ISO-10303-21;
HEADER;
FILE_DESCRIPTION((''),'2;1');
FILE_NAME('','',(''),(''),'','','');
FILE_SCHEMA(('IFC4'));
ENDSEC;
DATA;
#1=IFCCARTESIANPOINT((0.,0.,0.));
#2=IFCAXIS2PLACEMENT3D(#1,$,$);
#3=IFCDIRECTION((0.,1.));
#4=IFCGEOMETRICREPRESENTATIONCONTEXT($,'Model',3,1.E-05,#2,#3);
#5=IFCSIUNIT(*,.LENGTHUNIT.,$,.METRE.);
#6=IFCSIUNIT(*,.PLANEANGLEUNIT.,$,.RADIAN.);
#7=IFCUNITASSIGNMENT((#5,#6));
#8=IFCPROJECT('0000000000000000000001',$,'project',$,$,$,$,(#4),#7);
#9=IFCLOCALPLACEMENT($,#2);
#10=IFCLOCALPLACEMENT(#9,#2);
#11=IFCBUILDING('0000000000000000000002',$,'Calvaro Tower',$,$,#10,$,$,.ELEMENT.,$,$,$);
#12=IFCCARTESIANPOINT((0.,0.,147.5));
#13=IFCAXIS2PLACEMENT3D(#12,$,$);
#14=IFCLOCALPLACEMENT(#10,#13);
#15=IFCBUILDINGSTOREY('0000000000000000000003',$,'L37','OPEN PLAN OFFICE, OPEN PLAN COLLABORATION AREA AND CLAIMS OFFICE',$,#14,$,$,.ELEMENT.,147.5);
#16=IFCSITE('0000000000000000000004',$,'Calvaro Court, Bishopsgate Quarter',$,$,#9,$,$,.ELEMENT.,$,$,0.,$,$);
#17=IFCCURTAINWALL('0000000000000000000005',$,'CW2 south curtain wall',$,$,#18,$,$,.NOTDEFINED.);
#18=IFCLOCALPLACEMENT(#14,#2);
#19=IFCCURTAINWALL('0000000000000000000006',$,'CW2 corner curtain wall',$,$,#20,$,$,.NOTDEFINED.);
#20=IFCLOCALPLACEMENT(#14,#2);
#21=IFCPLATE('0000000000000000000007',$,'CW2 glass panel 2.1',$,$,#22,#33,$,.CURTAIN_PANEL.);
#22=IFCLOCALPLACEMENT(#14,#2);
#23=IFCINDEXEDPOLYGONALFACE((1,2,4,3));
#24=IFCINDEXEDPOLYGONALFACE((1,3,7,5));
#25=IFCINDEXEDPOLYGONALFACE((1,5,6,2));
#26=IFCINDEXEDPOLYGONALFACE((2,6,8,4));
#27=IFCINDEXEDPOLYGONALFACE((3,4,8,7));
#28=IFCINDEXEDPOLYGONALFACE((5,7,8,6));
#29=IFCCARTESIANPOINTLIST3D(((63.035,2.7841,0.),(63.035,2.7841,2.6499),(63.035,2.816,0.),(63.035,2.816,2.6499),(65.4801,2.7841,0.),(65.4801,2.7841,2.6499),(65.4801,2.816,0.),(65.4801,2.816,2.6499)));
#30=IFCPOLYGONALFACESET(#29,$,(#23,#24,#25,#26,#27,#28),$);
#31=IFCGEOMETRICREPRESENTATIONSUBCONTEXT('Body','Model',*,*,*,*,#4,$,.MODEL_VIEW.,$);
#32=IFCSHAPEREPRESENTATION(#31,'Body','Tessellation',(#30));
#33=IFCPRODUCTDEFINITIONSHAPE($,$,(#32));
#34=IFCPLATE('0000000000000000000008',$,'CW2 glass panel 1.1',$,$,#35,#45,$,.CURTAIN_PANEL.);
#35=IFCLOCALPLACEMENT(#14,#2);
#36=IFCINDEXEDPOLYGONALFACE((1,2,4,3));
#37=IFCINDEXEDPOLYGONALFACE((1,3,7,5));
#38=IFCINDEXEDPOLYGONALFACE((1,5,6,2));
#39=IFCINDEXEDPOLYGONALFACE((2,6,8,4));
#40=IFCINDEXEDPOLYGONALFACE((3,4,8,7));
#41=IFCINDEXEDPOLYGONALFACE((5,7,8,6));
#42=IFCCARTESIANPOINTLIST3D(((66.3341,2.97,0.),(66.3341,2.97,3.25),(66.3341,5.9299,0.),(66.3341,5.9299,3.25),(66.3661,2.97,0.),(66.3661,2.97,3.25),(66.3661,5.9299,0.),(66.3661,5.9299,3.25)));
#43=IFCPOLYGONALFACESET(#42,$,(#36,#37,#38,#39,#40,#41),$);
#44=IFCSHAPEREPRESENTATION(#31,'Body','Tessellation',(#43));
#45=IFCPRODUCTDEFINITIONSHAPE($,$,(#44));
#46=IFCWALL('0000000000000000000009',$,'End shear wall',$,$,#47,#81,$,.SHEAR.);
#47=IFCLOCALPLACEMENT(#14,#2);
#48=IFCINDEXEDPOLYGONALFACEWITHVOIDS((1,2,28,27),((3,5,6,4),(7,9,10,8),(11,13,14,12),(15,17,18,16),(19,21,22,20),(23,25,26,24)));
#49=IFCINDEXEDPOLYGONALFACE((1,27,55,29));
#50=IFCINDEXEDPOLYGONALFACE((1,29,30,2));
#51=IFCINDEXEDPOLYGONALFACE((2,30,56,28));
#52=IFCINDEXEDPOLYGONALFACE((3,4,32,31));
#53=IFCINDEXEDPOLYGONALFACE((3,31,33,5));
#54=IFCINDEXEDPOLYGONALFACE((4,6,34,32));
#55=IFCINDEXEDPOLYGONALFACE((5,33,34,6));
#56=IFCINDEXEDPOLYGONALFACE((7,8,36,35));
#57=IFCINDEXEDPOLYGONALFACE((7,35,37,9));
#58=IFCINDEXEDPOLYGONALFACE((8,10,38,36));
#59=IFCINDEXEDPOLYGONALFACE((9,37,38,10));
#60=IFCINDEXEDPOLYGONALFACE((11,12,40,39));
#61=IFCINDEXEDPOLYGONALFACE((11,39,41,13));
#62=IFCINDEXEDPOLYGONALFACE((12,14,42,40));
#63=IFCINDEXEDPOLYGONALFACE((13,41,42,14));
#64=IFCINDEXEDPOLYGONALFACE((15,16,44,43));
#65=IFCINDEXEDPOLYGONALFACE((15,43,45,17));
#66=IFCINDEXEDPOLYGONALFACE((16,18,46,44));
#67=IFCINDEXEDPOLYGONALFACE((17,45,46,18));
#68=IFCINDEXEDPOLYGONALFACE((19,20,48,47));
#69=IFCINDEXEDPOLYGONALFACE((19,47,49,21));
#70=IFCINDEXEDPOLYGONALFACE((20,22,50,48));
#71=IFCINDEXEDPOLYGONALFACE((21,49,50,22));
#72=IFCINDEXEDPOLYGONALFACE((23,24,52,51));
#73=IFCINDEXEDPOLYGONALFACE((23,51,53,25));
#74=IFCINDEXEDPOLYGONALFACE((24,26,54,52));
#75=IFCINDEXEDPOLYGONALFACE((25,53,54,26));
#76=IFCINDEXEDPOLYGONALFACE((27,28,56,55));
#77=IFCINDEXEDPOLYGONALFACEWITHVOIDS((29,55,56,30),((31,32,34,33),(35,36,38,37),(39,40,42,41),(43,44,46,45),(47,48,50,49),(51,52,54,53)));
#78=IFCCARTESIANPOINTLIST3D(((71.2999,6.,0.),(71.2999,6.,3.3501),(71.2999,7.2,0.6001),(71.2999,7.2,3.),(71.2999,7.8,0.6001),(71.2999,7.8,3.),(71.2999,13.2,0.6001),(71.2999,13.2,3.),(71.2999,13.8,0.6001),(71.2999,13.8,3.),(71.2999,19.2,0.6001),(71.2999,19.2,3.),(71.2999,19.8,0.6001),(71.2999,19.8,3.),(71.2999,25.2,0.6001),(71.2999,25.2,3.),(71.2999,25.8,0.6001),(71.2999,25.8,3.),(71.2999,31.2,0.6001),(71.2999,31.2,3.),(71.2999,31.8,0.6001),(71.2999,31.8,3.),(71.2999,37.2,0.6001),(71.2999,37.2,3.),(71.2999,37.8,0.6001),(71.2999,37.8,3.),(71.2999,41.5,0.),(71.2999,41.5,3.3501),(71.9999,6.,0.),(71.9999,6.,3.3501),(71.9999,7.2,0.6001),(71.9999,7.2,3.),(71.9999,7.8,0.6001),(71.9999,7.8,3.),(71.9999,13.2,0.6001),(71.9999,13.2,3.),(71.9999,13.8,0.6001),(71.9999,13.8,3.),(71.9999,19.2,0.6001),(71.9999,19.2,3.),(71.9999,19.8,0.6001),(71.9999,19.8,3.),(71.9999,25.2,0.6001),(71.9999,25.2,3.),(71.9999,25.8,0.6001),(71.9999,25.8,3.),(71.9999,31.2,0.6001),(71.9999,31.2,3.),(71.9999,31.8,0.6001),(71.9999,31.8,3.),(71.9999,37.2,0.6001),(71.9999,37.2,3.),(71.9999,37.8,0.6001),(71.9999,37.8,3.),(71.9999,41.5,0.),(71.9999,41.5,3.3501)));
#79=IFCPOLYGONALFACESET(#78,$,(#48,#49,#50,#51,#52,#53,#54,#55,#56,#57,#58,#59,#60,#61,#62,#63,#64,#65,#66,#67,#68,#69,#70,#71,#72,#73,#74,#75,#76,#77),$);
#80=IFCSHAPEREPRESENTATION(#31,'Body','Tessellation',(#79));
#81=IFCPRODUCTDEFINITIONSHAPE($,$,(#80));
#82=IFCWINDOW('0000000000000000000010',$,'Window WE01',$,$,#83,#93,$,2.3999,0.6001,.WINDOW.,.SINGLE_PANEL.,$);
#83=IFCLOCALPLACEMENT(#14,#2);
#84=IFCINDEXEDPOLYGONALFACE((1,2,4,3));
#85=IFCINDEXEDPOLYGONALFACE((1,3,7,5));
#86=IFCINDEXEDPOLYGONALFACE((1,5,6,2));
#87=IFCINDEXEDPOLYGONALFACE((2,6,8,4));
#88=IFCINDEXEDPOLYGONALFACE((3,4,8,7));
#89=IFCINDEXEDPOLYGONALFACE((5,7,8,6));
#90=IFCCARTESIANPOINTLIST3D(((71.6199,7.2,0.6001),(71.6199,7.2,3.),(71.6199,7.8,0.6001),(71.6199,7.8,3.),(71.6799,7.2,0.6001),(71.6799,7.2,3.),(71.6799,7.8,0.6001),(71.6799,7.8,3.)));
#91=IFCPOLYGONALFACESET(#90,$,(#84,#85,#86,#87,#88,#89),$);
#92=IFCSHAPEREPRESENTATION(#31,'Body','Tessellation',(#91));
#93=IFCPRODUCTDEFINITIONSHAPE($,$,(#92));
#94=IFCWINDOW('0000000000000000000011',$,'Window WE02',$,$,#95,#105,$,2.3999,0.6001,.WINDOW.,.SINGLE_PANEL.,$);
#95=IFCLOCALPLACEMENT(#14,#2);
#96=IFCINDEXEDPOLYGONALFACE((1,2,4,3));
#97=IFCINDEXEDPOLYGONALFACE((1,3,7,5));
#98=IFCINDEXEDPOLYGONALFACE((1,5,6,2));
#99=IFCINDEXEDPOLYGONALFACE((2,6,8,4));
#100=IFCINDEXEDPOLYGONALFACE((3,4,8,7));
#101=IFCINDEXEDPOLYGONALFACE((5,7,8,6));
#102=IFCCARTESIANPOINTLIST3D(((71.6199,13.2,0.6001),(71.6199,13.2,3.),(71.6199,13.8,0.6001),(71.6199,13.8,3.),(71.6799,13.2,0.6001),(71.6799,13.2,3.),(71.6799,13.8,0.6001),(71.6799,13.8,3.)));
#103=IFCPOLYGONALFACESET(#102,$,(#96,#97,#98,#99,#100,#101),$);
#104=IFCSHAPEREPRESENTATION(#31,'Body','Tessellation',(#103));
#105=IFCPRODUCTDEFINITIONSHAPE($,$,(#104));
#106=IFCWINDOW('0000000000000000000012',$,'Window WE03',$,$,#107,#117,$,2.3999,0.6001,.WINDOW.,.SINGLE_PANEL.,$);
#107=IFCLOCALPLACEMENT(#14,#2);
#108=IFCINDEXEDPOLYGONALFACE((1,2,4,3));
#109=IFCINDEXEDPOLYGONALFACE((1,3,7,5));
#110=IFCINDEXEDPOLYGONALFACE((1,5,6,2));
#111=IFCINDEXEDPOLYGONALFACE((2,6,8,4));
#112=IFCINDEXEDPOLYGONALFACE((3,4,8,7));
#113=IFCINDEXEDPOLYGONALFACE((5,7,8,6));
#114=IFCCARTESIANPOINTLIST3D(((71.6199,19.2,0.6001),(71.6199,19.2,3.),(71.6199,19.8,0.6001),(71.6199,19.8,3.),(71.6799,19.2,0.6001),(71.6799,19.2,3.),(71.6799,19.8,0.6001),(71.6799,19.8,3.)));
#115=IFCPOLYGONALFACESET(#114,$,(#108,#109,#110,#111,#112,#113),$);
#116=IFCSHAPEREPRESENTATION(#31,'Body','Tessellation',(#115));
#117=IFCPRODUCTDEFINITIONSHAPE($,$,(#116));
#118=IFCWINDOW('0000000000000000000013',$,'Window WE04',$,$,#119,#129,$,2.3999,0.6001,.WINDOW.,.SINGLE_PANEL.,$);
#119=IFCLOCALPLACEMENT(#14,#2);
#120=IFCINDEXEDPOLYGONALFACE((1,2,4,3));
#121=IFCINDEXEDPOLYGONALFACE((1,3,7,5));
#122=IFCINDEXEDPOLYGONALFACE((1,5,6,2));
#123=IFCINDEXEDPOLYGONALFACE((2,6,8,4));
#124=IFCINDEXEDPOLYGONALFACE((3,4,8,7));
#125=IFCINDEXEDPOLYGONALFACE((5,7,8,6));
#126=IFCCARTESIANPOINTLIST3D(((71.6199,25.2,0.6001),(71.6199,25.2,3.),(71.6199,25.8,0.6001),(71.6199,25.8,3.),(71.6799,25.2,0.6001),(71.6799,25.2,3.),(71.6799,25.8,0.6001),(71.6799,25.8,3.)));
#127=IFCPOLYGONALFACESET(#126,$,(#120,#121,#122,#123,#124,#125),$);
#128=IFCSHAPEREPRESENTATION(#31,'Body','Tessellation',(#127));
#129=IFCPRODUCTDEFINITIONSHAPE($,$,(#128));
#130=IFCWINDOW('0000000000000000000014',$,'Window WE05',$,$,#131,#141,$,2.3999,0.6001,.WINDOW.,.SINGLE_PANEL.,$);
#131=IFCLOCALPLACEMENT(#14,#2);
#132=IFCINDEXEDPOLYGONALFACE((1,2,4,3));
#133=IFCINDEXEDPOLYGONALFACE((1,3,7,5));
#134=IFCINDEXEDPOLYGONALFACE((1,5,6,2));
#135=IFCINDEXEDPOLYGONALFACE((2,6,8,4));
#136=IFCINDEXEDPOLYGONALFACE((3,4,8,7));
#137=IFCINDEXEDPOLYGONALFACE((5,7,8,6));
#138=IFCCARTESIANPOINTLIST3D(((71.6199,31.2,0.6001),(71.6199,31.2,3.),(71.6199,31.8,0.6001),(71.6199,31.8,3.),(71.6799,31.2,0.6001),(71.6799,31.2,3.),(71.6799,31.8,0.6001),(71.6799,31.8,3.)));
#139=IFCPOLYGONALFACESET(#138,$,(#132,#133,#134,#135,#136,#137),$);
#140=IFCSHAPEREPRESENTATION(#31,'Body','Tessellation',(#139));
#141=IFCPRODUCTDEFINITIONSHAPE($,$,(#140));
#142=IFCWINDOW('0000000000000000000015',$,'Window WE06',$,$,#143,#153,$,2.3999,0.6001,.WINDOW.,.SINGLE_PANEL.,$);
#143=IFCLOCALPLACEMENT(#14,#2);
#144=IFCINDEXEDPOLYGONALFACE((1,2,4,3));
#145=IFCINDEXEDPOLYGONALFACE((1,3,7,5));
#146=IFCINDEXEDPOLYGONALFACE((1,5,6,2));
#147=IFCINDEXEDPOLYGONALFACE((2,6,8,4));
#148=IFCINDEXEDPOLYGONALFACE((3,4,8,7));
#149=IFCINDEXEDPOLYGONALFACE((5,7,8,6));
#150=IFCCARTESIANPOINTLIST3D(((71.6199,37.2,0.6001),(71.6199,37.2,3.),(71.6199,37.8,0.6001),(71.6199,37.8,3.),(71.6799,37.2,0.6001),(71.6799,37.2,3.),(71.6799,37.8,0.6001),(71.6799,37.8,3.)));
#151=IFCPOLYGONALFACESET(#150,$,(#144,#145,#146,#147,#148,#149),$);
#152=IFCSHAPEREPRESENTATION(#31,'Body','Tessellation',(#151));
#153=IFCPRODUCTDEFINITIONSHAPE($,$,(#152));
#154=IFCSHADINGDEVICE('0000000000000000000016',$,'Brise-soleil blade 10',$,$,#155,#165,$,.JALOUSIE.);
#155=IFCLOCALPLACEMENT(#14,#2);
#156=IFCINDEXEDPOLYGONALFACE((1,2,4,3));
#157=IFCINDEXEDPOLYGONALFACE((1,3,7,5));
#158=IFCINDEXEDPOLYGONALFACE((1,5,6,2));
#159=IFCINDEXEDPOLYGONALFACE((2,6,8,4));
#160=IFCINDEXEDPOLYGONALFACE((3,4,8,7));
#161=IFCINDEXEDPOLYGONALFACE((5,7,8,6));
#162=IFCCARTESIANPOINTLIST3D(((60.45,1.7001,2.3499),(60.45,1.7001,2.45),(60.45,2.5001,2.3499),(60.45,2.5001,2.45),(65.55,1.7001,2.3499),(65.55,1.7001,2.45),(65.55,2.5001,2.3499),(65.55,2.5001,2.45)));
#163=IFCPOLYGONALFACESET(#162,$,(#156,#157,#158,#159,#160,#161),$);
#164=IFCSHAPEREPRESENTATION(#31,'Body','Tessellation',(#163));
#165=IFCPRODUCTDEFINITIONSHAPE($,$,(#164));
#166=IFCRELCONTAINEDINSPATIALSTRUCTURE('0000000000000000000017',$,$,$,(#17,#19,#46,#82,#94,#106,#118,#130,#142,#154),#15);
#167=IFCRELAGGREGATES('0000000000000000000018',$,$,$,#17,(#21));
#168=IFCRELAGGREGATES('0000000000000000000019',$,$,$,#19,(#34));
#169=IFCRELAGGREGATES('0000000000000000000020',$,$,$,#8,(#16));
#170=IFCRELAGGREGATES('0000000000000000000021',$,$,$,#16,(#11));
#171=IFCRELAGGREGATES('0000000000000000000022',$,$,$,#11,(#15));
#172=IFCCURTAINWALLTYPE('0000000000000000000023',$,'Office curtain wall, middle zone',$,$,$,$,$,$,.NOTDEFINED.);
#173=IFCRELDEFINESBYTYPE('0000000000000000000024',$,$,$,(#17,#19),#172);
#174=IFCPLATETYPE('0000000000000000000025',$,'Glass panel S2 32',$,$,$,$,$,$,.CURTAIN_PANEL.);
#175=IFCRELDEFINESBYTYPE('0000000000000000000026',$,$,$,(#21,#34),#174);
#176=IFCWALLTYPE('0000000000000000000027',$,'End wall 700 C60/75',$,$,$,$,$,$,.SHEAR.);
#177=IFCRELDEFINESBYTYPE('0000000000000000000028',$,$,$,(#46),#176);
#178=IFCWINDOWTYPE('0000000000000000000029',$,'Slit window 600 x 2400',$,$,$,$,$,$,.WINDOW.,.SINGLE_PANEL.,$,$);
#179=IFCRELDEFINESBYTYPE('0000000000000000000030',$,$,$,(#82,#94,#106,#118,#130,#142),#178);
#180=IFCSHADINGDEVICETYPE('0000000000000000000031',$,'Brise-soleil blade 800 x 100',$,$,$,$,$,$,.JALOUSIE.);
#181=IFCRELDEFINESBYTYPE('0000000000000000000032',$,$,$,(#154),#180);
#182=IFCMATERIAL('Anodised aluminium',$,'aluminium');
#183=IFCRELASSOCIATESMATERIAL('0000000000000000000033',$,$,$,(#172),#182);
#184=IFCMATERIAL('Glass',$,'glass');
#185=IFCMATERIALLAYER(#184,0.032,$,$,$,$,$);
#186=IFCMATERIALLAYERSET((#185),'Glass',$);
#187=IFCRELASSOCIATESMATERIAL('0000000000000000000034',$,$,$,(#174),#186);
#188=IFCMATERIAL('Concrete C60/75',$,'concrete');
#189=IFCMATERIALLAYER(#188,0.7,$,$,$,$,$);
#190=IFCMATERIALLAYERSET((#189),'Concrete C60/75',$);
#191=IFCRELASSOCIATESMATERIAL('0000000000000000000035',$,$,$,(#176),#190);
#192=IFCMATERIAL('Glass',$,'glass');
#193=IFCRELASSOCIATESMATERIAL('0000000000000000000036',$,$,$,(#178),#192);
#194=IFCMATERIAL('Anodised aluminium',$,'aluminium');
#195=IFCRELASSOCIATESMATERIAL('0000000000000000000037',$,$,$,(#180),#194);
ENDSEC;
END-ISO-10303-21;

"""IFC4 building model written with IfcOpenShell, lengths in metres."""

from ifc_helpers import new_model, si_unit, direction, frame, frame_2d, origin, origin_2d, place, context, subcontext, project, spatial, rectangle, extrude, material, layer, layer_set, material_profile, profile_set, type_object, element, fill, aggregate, save


model = new_model("IFC4")

# Units and contexts
model_context = context("Model", 3, precision=1e-05, world=origin(), true_north=direction((0.0, 1.0)))
body_context = subcontext(model_context, "Body", "Model", "MODEL_VIEW")
ifc_project = project(units=[si_unit("LENGTHUNIT", "METRE"), si_unit("PLANEANGLEUNIT", "RADIAN")], contexts=[model_context])

# Site, building, storey
site_placement = place(None, origin())
site = spatial("IfcSite", under=ifc_project, at=site_placement, Name="Calvaro Court, Bishopsgate Quarter", CompositionType="ELEMENT", RefElevation=0.0)
building_placement = place(site_placement, origin())
building = spatial("IfcBuilding", under=site, at=building_placement, Name="Calvaro Tower", CompositionType="ELEMENT")
storey_placement = place(building_placement, frame((0.0, 0.0, 147.5)))
storey = spatial("IfcBuildingStorey", under=building, at=storey_placement, Name="L37", Description="OPEN PLAN OFFICE, OPEN PLAN COLLABORATION AREA AND CLAIMS OFFICE", CompositionType="ELEMENT", Elevation=147.5)

# Curtain walls
ifc_material_1 = material(Name="Anodised aluminium", Category="aluminium")
curtain_wall_type = type_object("IfcCurtainWallType", Name="Office curtain wall, middle zone", PredefinedType="NOTDEFINED", material=ifc_material_1)
curtain_wall_1_placement = place(storey_placement, origin())
curtain_wall_1 = element("IfcCurtainWall", 1, at=curtain_wall_1_placement, inside=storey, type_object=curtain_wall_type, Name="CW2 south curtain wall", PredefinedType="NOTDEFINED")
curtain_wall_2_placement = place(storey_placement, origin())
curtain_wall_2 = element("IfcCurtainWall", 2, at=curtain_wall_2_placement, inside=storey, type_object=curtain_wall_type, Name="CW2 corner curtain wall", PredefinedType="NOTDEFINED")

# Plates
ifc_material_2 = material(Name="Glass", Category="glass")
ifc_layer_1 = layer(ifc_material_2, 0.032)
ifc_layer_set_1 = layer_set([ifc_layer_1], Name="Glass")
plate_type = type_object("IfcPlateType", Name="Glass panel S2 32", PredefinedType="CURTAIN_PANEL", material=ifc_layer_set_1)
plate_1_placement = place(storey_placement, frame((64.2576, 2.8, 0.0), z_axis=(0.0, 0.0, 1.0), x_axis=(1.0, 0.0, 0.0)))
plate_1 = element("IfcPlate", 3, at=plate_1_placement, type_object=plate_type, Name="CW2 glass panel 2.1", PredefinedType="CURTAIN_PANEL", context=body_context, shape_type="SweptSolid", body=[
    extrude(rectangle(XDim=2.4451, YDim=0.032, at=origin_2d()), origin(), (0.0, 0.0, 1.0), 2.6499),
])
aggregate(curtain_wall_1, [plate_1])
plate_2_placement = place(storey_placement, frame((66.3501, 4.45, 0.0), z_axis=(0.0, 0.0, 1.0), x_axis=(0.0, 1.0, 0.0)))
plate_2 = element("IfcPlate", 4, at=plate_2_placement, type_object=plate_type, Name="CW2 glass panel 1.1", PredefinedType="CURTAIN_PANEL", context=body_context, shape_type="SweptSolid", body=[
    extrude(rectangle(XDim=2.96, YDim=0.032, at=origin_2d()), origin(), (0.0, 0.0, 1.0), 3.25),
])
aggregate(curtain_wall_2, [plate_2])

# Wall, openings, windows
ifc_material_3 = material(Name="Concrete C60/75", Category="concrete")
ifc_layer_2 = layer(ifc_material_3, 0.7)
ifc_layer_set_2 = layer_set([ifc_layer_2], Name="Concrete C60/75")
wall_type = type_object("IfcWallType", Name="End wall 700 C60/75", PredefinedType="SHEAR", material=ifc_layer_set_2)
wall_placement = place(storey_placement, frame((71.6499, 6.0, 0.0), z_axis=(0.0, 0.0, 1.0), x_axis=(0.0, 1.0, 0.0)))
wall = element("IfcWall", 5, at=wall_placement, inside=storey, type_object=wall_type, Name="End shear wall", PredefinedType="SHEAR", context=body_context, shape_type="SweptSolid", body=[
    extrude(rectangle(XDim=35.5, YDim=0.7, at=frame_2d((17.75, 0.0))), origin(), (0.0, 0.0, 1.0), 3.3501),
])
opening_1_placement = place(wall_placement, frame((1.2, 0.0, 0.6001)))
opening_1 = element("IfcOpeningElement", 6, at=opening_1_placement, cuts=wall, PredefinedType="OPENING", context=body_context, shape_type="SweptSolid", body=[
    extrude(rectangle(XDim=0.6001, YDim=2.3999, at=frame_2d((0.3, 1.2))), frame((0.0, 0.3599, 0.0), z_axis=(0.0, -1.0, 0.0), x_axis=(1.0, 0.0, 0.0)), (0.0, 0.0, 1.0), 0.72),
])
opening_2_placement = place(wall_placement, frame((7.2, 0.0, 0.6001)))
opening_2 = element("IfcOpeningElement", 7, at=opening_2_placement, cuts=wall, PredefinedType="OPENING", context=body_context, shape_type="SweptSolid", body=[
    extrude(rectangle(XDim=0.6001, YDim=2.3999, at=frame_2d((0.3, 1.2))), frame((0.0, 0.3599, 0.0), z_axis=(0.0, -1.0, 0.0), x_axis=(1.0, 0.0, 0.0)), (0.0, 0.0, 1.0), 0.72),
])
opening_3_placement = place(wall_placement, frame((13.2, 0.0, 0.6001)))
opening_3 = element("IfcOpeningElement", 8, at=opening_3_placement, cuts=wall, PredefinedType="OPENING", context=body_context, shape_type="SweptSolid", body=[
    extrude(rectangle(XDim=0.6001, YDim=2.3999, at=frame_2d((0.3, 1.2))), frame((0.0, 0.3599, 0.0), z_axis=(0.0, -1.0, 0.0), x_axis=(1.0, 0.0, 0.0)), (0.0, 0.0, 1.0), 0.72),
])
opening_4_placement = place(wall_placement, frame((19.2, 0.0, 0.6001)))
opening_4 = element("IfcOpeningElement", 9, at=opening_4_placement, cuts=wall, PredefinedType="OPENING", context=body_context, shape_type="SweptSolid", body=[
    extrude(rectangle(XDim=0.6001, YDim=2.3999, at=frame_2d((0.3, 1.2))), frame((0.0, 0.3599, 0.0), z_axis=(0.0, -1.0, 0.0), x_axis=(1.0, 0.0, 0.0)), (0.0, 0.0, 1.0), 0.72),
])
opening_5_placement = place(wall_placement, frame((25.2, 0.0, 0.6001)))
opening_5 = element("IfcOpeningElement", 10, at=opening_5_placement, cuts=wall, PredefinedType="OPENING", context=body_context, shape_type="SweptSolid", body=[
    extrude(rectangle(XDim=0.6001, YDim=2.3999, at=frame_2d((0.3, 1.2))), frame((0.0, 0.3599, 0.0), z_axis=(0.0, -1.0, 0.0), x_axis=(1.0, 0.0, 0.0)), (0.0, 0.0, 1.0), 0.72),
])
opening_6_placement = place(wall_placement, frame((31.2, 0.0, 0.6001)))
opening_6 = element("IfcOpeningElement", 11, at=opening_6_placement, cuts=wall, PredefinedType="OPENING", context=body_context, shape_type="SweptSolid", body=[
    extrude(rectangle(XDim=0.6001, YDim=2.3999, at=frame_2d((0.3, 1.2))), frame((0.0, 0.3599, 0.0), z_axis=(0.0, -1.0, 0.0), x_axis=(1.0, 0.0, 0.0)), (0.0, 0.0, 1.0), 0.72),
])
ifc_material_4 = material(Name="Glass", Category="glass")
window_type = type_object("IfcWindowType", Name="Slit window 600 x 2400", PartitioningType="SINGLE_PANEL", PredefinedType="WINDOW", material=ifc_material_4)
window_1_placement = place(opening_1_placement, origin())
window_1 = element("IfcWindow", 12, at=window_1_placement, inside=storey, type_object=window_type, Name="Window WE01", OverallHeight=2.3999, OverallWidth=0.6001, PartitioningType="SINGLE_PANEL", PredefinedType="WINDOW", context=body_context, shape_type="SweptSolid", body=[
    extrude(rectangle(XDim=0.6001, YDim=2.3999, at=frame_2d((0.3, 1.2))), frame((0.0, 0.03, 0.0), z_axis=(0.0, -1.0, 0.0), x_axis=(1.0, 0.0, 0.0)), (0.0, 0.0, 1.0), 0.0601),
])
fill(opening_1, window_1)
window_2_placement = place(opening_2_placement, origin())
window_2 = element("IfcWindow", 13, at=window_2_placement, inside=storey, type_object=window_type, Name="Window WE02", OverallHeight=2.3999, OverallWidth=0.6001, PartitioningType="SINGLE_PANEL", PredefinedType="WINDOW", context=body_context, shape_type="SweptSolid", body=[
    extrude(rectangle(XDim=0.6001, YDim=2.3999, at=frame_2d((0.3, 1.2))), frame((0.0, 0.03, 0.0), z_axis=(0.0, -1.0, 0.0), x_axis=(1.0, 0.0, 0.0)), (0.0, 0.0, 1.0), 0.0601),
])
fill(opening_2, window_2)
window_3_placement = place(opening_3_placement, origin())
window_3 = element("IfcWindow", 14, at=window_3_placement, inside=storey, type_object=window_type, Name="Window WE03", OverallHeight=2.3999, OverallWidth=0.6001, PartitioningType="SINGLE_PANEL", PredefinedType="WINDOW", context=body_context, shape_type="SweptSolid", body=[
    extrude(rectangle(XDim=0.6001, YDim=2.3999, at=frame_2d((0.3, 1.2))), frame((0.0, 0.03, 0.0), z_axis=(0.0, -1.0, 0.0), x_axis=(1.0, 0.0, 0.0)), (0.0, 0.0, 1.0), 0.0601),
])
fill(opening_3, window_3)
window_4_placement = place(opening_4_placement, origin())
window_4 = element("IfcWindow", 15, at=window_4_placement, inside=storey, type_object=window_type, Name="Window WE04", OverallHeight=2.3999, OverallWidth=0.6001, PartitioningType="SINGLE_PANEL", PredefinedType="WINDOW", context=body_context, shape_type="SweptSolid", body=[
    extrude(rectangle(XDim=0.6001, YDim=2.3999, at=frame_2d((0.3, 1.2))), frame((0.0, 0.03, 0.0), z_axis=(0.0, -1.0, 0.0), x_axis=(1.0, 0.0, 0.0)), (0.0, 0.0, 1.0), 0.0601),
])
fill(opening_4, window_4)
window_5_placement = place(opening_5_placement, origin())
window_5 = element("IfcWindow", 16, at=window_5_placement, inside=storey, type_object=window_type, Name="Window WE05", OverallHeight=2.3999, OverallWidth=0.6001, PartitioningType="SINGLE_PANEL", PredefinedType="WINDOW", context=body_context, shape_type="SweptSolid", body=[
    extrude(rectangle(XDim=0.6001, YDim=2.3999, at=frame_2d((0.3, 1.2))), frame((0.0, 0.03, 0.0), z_axis=(0.0, -1.0, 0.0), x_axis=(1.0, 0.0, 0.0)), (0.0, 0.0, 1.0), 0.0601),
])
fill(opening_5, window_5)
window_6_placement = place(opening_6_placement, origin())
window_6 = element("IfcWindow", 17, at=window_6_placement, inside=storey, type_object=window_type, Name="Window WE06", OverallHeight=2.3999, OverallWidth=0.6001, PartitioningType="SINGLE_PANEL", PredefinedType="WINDOW", context=body_context, shape_type="SweptSolid", body=[
    extrude(rectangle(XDim=0.6001, YDim=2.3999, at=frame_2d((0.3, 1.2))), frame((0.0, 0.03, 0.0), z_axis=(0.0, -1.0, 0.0), x_axis=(1.0, 0.0, 0.0)), (0.0, 0.0, 1.0), 0.0601),
])
fill(opening_6, window_6)

# Shading device
ifc_material_5 = material(Name="Anodised aluminium", Category="aluminium")
ifc_material_profile_1 = material_profile(ifc_material_5, rectangle(XDim=0.8, YDim=0.1001, at=origin_2d()), Name="Brise-soleil blade 800 x 100")
ifc_profile_set_1 = profile_set([ifc_material_profile_1], Name="Anodised aluminium")
shading_device_type = type_object("IfcShadingDeviceType", Name="Brise-soleil blade 800 x 100", PredefinedType="JALOUSIE", material=ifc_profile_set_1)
shading_device_placement = place(storey_placement, frame((60.45, 2.1001, 2.3999), z_axis=(1.0, 0.0, 0.0), x_axis=(0.0, 1.0, 0.0)))
element("IfcShadingDevice", 18, at=shading_device_placement, inside=storey, type_object=shading_device_type, Name="Brise-soleil blade 10", PredefinedType="JALOUSIE", context=body_context, shape_type="SweptSolid", body=[
    extrude(rectangle(XDim=0.8, YDim=0.1001, at=origin_2d()), origin(), (0.0, 0.0, 1.0), 5.1001),
])

save(model, "model.ifc")
